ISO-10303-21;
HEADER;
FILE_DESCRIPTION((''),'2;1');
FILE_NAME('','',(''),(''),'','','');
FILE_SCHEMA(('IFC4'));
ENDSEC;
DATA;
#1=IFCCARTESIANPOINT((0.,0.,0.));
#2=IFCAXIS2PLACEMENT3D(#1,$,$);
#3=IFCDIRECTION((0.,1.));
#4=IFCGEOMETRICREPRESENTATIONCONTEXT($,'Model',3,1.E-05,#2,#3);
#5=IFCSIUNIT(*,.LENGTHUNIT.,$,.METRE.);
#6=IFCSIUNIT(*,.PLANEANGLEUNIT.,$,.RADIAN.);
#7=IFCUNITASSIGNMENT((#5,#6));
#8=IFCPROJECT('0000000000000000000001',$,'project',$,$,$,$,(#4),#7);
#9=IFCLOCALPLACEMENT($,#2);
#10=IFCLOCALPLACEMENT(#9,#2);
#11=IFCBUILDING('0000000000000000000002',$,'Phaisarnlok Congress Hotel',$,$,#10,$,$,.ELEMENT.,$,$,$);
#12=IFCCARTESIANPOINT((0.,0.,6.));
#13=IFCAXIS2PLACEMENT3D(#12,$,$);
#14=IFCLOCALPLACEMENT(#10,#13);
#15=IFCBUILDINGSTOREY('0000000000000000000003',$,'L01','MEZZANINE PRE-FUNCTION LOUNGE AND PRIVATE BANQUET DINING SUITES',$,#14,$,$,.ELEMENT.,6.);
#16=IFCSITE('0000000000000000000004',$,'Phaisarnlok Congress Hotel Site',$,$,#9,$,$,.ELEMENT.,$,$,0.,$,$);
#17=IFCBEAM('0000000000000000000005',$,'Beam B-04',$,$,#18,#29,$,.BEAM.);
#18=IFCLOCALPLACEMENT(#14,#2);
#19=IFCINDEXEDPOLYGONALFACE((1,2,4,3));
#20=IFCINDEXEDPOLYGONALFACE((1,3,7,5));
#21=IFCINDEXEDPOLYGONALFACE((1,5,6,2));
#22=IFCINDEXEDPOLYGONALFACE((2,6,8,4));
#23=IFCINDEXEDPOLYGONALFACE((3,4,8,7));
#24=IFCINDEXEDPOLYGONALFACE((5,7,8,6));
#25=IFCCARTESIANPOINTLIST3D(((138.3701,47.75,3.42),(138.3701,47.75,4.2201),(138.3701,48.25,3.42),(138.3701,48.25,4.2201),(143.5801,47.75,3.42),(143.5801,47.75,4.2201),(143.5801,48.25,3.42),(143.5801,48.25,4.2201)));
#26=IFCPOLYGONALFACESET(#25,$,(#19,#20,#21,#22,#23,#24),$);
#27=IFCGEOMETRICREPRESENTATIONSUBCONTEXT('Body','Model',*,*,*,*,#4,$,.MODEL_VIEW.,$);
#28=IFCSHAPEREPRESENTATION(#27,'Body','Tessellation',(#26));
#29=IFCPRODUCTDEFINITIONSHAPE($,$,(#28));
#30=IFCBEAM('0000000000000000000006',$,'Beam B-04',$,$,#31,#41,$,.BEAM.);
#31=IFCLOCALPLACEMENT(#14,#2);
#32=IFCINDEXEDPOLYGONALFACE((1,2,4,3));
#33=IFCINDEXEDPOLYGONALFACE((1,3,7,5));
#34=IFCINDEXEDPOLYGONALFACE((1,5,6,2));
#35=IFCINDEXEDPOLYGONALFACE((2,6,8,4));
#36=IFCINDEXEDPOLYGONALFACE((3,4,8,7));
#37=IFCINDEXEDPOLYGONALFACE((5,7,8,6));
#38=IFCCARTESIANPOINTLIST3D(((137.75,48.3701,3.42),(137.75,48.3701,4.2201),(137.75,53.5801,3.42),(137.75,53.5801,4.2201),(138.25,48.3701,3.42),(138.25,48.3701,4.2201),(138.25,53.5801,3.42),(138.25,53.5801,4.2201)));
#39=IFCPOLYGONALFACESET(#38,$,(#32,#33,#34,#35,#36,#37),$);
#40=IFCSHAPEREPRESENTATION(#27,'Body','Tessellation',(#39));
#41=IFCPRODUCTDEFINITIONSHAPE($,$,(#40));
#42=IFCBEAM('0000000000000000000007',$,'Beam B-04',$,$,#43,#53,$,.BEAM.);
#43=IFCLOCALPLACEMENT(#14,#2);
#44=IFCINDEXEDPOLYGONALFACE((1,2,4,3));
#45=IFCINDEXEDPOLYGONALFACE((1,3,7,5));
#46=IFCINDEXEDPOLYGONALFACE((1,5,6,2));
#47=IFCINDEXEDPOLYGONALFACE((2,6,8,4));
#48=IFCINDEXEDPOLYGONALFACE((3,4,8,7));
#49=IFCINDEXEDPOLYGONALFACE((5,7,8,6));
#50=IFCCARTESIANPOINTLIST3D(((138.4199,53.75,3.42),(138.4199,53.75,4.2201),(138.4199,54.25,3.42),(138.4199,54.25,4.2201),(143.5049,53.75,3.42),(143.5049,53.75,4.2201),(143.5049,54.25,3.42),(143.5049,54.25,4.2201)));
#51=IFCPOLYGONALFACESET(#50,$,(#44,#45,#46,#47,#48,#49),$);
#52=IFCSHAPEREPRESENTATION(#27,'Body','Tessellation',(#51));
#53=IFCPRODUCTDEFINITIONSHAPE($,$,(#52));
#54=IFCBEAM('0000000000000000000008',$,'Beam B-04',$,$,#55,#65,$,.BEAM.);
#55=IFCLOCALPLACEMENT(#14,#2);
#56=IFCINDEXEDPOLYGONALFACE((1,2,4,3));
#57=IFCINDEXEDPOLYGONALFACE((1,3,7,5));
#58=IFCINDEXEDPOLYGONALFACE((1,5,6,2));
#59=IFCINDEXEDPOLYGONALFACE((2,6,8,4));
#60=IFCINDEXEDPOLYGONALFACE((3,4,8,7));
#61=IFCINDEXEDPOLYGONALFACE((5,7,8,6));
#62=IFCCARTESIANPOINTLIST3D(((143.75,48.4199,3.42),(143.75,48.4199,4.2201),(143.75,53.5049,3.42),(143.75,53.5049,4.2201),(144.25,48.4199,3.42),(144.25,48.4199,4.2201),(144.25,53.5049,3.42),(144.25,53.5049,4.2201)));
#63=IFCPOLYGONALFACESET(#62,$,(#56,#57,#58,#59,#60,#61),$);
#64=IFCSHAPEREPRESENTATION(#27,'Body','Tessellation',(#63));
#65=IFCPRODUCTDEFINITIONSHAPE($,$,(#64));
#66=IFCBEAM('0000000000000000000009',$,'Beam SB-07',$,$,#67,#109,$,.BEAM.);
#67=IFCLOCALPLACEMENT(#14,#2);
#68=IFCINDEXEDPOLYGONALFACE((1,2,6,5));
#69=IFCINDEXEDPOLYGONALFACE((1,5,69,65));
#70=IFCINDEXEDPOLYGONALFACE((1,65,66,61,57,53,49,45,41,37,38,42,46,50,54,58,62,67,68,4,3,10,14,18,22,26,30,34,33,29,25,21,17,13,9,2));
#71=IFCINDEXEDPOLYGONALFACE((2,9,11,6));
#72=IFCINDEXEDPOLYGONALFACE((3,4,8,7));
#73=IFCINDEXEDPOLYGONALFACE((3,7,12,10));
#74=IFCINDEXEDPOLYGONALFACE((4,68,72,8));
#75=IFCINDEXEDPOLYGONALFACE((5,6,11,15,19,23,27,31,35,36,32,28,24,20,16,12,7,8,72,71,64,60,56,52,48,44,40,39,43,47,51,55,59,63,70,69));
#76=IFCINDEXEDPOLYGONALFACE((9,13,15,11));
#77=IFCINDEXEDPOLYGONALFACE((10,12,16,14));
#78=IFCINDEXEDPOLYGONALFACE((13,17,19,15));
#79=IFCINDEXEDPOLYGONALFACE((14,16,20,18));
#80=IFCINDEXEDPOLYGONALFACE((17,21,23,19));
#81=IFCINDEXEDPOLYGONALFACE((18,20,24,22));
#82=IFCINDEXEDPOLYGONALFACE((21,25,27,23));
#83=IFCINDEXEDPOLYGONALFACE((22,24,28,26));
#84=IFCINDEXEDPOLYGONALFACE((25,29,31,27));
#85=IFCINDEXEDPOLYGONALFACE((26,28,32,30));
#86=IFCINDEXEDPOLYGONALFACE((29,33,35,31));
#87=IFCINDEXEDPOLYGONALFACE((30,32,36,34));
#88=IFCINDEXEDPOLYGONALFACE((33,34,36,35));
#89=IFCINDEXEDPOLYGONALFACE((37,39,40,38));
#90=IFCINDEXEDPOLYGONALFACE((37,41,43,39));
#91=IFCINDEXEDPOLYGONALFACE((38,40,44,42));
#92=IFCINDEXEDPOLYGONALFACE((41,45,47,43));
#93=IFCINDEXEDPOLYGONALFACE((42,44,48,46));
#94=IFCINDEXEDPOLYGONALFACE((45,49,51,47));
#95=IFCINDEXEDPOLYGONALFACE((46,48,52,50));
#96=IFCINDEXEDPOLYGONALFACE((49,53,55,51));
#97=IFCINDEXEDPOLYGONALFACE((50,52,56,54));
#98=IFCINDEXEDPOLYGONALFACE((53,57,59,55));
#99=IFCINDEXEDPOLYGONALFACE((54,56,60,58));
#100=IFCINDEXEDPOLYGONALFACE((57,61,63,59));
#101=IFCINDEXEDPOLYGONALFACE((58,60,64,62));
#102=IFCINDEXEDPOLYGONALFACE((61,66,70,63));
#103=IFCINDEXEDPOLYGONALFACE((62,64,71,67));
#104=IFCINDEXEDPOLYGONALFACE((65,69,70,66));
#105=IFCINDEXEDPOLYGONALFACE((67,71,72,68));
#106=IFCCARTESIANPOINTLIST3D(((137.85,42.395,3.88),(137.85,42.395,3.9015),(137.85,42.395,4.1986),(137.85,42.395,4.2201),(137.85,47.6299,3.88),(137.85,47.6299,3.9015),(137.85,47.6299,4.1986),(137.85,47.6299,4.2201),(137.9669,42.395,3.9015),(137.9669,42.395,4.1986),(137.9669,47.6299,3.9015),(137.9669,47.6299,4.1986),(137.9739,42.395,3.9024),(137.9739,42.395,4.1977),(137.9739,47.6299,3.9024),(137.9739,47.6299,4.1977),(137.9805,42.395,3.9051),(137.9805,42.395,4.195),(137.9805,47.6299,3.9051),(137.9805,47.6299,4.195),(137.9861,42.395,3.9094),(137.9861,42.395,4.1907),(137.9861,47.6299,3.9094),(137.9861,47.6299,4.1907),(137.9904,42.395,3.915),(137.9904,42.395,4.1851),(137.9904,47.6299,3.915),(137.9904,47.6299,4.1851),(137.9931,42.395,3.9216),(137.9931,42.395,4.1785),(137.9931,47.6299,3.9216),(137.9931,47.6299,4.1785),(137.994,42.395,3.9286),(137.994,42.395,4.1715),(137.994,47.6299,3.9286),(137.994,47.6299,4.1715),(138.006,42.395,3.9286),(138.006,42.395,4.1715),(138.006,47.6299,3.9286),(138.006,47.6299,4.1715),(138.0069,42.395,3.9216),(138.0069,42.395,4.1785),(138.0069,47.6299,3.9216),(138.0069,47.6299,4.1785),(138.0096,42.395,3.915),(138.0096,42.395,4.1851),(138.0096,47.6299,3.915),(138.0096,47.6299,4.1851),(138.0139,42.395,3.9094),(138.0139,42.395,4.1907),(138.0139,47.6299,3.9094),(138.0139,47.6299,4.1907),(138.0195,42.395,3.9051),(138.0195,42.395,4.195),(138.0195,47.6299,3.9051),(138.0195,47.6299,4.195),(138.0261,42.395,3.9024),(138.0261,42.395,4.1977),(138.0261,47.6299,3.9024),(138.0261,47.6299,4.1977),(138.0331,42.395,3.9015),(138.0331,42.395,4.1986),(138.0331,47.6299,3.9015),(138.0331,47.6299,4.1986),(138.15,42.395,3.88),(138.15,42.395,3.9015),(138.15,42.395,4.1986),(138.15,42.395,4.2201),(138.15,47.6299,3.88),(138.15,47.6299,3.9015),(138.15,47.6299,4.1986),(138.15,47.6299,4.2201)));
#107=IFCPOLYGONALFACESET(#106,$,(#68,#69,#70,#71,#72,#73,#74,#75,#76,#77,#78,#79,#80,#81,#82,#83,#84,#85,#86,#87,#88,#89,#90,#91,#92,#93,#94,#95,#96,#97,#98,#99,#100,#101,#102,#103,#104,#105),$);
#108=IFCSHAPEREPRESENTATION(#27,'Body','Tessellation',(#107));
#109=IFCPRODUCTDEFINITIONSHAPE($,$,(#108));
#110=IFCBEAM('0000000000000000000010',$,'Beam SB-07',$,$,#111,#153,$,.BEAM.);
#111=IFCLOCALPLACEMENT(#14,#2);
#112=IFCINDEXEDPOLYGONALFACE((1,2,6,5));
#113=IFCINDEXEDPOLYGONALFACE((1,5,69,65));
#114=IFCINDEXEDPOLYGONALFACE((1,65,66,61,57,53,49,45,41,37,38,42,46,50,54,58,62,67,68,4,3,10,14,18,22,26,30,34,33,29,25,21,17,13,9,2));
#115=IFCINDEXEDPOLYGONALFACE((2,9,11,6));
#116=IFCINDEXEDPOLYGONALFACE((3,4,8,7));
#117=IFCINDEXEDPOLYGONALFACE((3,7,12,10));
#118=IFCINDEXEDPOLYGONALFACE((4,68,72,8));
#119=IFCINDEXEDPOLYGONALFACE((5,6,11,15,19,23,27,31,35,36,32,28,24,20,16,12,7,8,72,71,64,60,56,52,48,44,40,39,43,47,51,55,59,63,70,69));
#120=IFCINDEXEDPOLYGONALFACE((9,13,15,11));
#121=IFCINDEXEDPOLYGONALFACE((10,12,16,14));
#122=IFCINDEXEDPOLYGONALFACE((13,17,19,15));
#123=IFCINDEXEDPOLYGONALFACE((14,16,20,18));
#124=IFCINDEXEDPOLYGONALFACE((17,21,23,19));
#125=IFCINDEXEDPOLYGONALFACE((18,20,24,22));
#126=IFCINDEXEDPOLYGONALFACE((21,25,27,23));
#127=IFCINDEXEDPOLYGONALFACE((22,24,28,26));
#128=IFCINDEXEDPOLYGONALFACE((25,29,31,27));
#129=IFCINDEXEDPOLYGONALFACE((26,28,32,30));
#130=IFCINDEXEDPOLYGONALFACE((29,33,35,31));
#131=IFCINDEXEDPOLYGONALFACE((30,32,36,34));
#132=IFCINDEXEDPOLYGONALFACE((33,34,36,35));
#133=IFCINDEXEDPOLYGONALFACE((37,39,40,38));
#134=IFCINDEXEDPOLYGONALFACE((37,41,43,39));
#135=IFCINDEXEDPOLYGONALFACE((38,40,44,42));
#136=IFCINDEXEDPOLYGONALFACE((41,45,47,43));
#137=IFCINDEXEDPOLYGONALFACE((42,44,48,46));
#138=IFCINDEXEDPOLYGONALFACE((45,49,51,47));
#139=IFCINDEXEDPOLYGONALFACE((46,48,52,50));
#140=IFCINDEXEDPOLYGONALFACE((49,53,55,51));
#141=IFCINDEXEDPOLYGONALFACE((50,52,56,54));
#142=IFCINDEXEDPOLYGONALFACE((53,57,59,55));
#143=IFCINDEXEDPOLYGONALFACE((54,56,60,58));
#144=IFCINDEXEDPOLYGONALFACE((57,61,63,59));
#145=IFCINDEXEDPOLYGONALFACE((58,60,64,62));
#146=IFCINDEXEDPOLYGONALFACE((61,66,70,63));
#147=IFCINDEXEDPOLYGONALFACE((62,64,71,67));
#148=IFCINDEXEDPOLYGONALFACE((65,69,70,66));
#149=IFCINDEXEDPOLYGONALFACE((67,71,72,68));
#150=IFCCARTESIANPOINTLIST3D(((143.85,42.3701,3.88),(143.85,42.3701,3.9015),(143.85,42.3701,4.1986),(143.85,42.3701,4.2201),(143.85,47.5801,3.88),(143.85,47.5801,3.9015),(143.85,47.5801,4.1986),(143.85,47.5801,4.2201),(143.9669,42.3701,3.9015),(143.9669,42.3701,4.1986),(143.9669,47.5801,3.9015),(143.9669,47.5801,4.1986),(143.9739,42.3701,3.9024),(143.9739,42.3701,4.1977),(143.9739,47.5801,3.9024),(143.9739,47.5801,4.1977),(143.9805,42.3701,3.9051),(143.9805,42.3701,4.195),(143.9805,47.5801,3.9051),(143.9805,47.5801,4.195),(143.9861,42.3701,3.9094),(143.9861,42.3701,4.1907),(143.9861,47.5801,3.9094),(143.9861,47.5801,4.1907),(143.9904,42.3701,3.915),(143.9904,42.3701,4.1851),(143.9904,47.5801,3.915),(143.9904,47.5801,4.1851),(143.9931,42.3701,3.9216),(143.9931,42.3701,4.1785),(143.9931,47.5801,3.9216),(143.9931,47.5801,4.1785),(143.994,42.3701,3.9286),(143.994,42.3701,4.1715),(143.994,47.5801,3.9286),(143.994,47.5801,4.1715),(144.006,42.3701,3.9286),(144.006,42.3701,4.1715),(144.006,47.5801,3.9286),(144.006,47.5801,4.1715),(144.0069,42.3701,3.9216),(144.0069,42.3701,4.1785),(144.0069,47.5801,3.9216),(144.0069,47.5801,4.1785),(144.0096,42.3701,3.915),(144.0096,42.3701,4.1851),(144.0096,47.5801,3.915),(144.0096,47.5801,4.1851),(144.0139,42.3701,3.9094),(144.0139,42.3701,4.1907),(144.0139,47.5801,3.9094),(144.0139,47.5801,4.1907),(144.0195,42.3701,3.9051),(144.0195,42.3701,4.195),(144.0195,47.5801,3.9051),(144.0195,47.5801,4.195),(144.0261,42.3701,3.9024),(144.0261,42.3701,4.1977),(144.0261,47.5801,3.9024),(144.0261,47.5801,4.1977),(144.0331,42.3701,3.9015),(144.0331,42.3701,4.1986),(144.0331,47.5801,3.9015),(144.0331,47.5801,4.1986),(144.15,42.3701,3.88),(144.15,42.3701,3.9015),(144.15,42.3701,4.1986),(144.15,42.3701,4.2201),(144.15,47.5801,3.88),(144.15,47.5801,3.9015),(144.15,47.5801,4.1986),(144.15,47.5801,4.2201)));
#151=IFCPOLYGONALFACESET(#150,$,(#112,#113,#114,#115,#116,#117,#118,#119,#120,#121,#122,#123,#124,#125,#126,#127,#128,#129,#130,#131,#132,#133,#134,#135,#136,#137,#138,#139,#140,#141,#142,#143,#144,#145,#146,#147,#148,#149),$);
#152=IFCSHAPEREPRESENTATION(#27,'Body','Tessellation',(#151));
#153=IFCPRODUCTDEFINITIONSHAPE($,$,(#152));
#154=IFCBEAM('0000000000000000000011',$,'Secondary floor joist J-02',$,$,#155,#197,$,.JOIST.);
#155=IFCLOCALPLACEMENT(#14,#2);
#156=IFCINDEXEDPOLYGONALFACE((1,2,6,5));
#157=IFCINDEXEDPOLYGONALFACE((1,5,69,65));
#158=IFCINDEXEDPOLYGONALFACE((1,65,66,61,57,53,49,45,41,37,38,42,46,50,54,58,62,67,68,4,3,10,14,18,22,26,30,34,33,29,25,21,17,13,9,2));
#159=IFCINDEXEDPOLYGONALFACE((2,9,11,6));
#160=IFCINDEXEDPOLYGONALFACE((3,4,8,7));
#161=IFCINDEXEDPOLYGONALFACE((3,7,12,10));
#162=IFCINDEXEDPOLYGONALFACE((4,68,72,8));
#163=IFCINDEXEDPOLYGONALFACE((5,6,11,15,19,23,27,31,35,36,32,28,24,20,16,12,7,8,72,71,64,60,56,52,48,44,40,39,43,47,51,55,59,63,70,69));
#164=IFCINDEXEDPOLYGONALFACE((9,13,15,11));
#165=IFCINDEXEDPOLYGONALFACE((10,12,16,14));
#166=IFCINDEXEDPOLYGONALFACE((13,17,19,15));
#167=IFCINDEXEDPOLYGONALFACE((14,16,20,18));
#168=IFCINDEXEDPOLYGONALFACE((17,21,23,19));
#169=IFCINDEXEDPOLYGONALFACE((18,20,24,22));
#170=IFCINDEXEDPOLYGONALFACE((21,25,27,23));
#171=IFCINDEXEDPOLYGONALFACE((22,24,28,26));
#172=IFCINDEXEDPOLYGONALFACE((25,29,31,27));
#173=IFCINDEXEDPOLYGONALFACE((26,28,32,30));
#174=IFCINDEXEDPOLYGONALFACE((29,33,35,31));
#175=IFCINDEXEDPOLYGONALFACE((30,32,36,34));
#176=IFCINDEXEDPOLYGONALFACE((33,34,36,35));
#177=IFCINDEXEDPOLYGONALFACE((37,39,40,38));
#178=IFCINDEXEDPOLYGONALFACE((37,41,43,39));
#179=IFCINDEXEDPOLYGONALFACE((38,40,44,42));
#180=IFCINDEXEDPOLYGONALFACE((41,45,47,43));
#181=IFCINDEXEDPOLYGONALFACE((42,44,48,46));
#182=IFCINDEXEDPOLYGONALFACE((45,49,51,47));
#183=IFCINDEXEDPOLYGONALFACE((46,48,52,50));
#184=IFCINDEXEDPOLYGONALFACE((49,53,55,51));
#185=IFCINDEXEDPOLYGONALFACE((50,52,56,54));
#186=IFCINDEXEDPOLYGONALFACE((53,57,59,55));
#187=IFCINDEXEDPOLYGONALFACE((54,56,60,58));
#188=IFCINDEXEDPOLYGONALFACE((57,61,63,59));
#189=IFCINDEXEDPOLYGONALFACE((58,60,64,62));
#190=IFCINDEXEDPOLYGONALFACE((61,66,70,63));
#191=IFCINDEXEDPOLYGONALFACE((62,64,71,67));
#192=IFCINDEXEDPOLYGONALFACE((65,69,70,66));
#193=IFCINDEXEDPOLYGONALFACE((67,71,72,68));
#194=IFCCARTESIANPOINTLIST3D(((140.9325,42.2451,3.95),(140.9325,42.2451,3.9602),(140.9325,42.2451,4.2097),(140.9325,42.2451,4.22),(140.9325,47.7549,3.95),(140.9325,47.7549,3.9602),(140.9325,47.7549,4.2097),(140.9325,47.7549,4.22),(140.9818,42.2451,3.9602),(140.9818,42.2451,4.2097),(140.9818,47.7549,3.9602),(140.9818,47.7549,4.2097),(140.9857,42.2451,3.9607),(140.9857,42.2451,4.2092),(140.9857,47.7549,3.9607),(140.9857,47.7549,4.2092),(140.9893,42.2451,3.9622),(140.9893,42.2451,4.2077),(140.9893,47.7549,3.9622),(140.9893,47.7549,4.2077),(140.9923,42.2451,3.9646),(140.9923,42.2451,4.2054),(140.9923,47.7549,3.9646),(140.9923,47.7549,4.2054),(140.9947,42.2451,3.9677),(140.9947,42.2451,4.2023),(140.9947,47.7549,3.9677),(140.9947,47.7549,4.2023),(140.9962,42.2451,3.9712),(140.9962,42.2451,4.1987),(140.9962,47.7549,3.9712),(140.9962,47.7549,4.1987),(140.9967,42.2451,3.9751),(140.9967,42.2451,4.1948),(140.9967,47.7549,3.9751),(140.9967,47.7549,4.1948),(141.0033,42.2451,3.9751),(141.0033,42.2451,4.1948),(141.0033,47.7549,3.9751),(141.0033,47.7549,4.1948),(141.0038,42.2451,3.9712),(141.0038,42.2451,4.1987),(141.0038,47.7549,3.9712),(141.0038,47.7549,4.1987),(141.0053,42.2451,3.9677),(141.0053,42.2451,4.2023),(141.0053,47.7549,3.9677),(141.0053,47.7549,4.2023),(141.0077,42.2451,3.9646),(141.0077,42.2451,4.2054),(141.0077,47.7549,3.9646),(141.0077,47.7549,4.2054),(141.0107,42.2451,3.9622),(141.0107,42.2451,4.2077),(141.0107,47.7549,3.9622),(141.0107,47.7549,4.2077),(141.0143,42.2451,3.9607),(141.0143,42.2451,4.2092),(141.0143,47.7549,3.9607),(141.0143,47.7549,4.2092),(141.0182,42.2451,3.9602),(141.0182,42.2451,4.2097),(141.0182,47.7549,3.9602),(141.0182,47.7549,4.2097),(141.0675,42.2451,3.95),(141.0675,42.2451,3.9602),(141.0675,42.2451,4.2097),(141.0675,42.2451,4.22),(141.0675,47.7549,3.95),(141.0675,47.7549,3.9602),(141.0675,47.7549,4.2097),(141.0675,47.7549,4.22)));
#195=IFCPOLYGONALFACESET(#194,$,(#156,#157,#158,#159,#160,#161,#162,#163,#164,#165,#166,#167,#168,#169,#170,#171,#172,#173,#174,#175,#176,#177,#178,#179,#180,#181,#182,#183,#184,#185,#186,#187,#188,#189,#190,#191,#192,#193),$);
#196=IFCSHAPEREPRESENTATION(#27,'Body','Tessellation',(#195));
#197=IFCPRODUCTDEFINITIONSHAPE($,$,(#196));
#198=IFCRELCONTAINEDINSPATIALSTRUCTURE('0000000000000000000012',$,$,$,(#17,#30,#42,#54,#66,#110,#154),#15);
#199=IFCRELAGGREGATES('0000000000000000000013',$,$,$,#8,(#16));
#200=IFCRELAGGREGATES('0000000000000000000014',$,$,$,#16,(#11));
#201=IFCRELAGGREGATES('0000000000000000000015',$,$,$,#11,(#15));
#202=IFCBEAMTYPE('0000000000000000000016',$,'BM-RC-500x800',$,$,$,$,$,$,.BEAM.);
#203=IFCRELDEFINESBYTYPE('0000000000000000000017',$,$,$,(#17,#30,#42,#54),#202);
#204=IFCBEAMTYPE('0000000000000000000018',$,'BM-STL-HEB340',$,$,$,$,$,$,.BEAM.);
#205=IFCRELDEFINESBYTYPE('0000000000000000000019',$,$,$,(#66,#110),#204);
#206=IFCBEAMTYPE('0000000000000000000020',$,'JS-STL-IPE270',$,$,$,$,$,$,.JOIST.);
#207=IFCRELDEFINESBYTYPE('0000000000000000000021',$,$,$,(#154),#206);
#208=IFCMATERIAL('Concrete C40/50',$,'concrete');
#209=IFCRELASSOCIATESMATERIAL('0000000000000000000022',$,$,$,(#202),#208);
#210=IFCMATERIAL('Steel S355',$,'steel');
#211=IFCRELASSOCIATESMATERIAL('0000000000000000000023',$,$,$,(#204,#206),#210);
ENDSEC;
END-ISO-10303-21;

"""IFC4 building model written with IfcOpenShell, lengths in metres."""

from ifc_helpers import new_model, si_unit, direction, frame, origin, origin_2d, place, context, subcontext, project, spatial, rectangle, i_section, extrude, material, material_profile, profile_set, type_object, element, save


model = new_model("IFC4")

# Units and contexts
model_context = context("Model", 3, precision=1e-05, world=origin(), true_north=direction((0.0, 1.0)))
body_context = subcontext(model_context, "Body", "Model", "MODEL_VIEW")
ifc_project = project(units=[si_unit("LENGTHUNIT", "METRE"), si_unit("PLANEANGLEUNIT", "RADIAN")], contexts=[model_context])

# Site, building, storey
site_placement = place(None, origin())
site = spatial("IfcSite", under=ifc_project, at=site_placement, Name="Phaisarnlok Congress Hotel Site", CompositionType="ELEMENT", RefElevation=0.0)
building_placement = place(site_placement, origin())
building = spatial("IfcBuilding", under=site, at=building_placement, Name="Phaisarnlok Congress Hotel", CompositionType="ELEMENT")
storey_placement = place(building_placement, frame((0.0, 0.0, 6.0)))
storey = spatial("IfcBuildingStorey", under=building, at=storey_placement, Name="L01", Description="MEZZANINE PRE-FUNCTION LOUNGE AND PRIVATE BANQUET DINING SUITES", CompositionType="ELEMENT", Elevation=6.0)

# Beams
ifc_material_1 = material(Name="Concrete C40/50", Category="concrete")
ifc_material_profile_1 = material_profile(ifc_material_1, rectangle(XDim=0.5, YDim=0.8, at=origin_2d()), Name="RC 500x800")
ifc_profile_set_1 = profile_set([ifc_material_profile_1], Name="Concrete C40/50")
beam_type_1 = type_object("IfcBeamType", Name="BM-RC-500x800", PredefinedType="BEAM", material=ifc_profile_set_1)
for number, where, z_axis, x_axis, name in (
    (1, (138.3701, 48.0, 3.8201), (1.0, 0.0, 0.0), (0.0, 1.0, 0.0), "Beam B-04"),
    (2, (138.0, 48.3701, 3.8201), (0.0, 1.0, 0.0), (-1.0, 0.0, 0.0), "Beam B-04"),
):
    element("IfcBeam", number, at=place(storey_placement, frame(where, z_axis=z_axis, x_axis=x_axis)), inside=storey, type_object=beam_type_1, Name=name, PredefinedType="BEAM", context=body_context, shape_type="SweptSolid", body=[
        extrude(rectangle(XDim=0.5, YDim=0.8, at=origin_2d()), origin(), (0.0, 0.0, 1.0), 5.21),
    ])
for number, where, z_axis, x_axis, name in (
    (3, (138.4199, 54.0, 3.8201), (1.0, 0.0, 0.0), (0.0, 1.0, 0.0), "Beam B-04"),
    (4, (144.0, 48.4199, 3.8201), (0.0, 1.0, 0.0), (-1.0, 0.0, 0.0), "Beam B-04"),
):
    element("IfcBeam", number, at=place(storey_placement, frame(where, z_axis=z_axis, x_axis=x_axis)), inside=storey, type_object=beam_type_1, Name=name, PredefinedType="BEAM", context=body_context, shape_type="SweptSolid", body=[
        extrude(rectangle(XDim=0.5, YDim=0.8, at=origin_2d()), origin(), (0.0, 0.0, 1.0), 5.085),
    ])
ifc_material_2 = material(Name="Steel S355", Category="steel")
ifc_material_profile_2 = material_profile(ifc_material_2, i_section(OverallWidth=0.3, OverallDepth=0.3401, WebThickness=0.012, FlangeThickness=0.0215, FilletRadius=0.0271, at=origin_2d()), Name="HEB 340")
ifc_profile_set_2 = profile_set([ifc_material_profile_2], Name="Steel S355")
beam_type_2 = type_object("IfcBeamType", Name="BM-STL-HEB340", PredefinedType="BEAM", material=ifc_profile_set_2)
beam_1_placement = place(storey_placement, frame((138.0, 42.395, 4.05), z_axis=(0.0, 1.0, 0.0), x_axis=(-1.0, 0.0, 0.0)))
element("IfcBeam", 5, at=beam_1_placement, inside=storey, type_object=beam_type_2, Name="Beam SB-07", PredefinedType="BEAM", context=body_context, shape_type="SweptSolid", body=[
    extrude(i_section(OverallWidth=0.3, OverallDepth=0.3401, WebThickness=0.012, FlangeThickness=0.0215, FilletRadius=0.0271, at=origin_2d()), origin(), (0.0, 0.0, 1.0), 5.2349),
])
beam_2_placement = place(storey_placement, frame((144.0, 42.3701, 4.05), z_axis=(0.0, 1.0, 0.0), x_axis=(-1.0, 0.0, 0.0)))
element("IfcBeam", 6, at=beam_2_placement, inside=storey, type_object=beam_type_2, Name="Beam SB-07", PredefinedType="BEAM", context=body_context, shape_type="SweptSolid", body=[
    extrude(i_section(OverallWidth=0.3, OverallDepth=0.3401, WebThickness=0.012, FlangeThickness=0.0215, FilletRadius=0.0271, at=origin_2d()), origin(), (0.0, 0.0, 1.0), 5.21),
])
ifc_material_profile_3 = material_profile(ifc_material_2, i_section(OverallWidth=0.135, OverallDepth=0.27, WebThickness=0.0066, FlangeThickness=0.0103, FilletRadius=0.0149, at=origin_2d()), Name="IPE 270")
ifc_profile_set_3 = profile_set([ifc_material_profile_3], Name="Steel S355")
beam_type_3 = type_object("IfcBeamType", Name="JS-STL-IPE270", PredefinedType="JOIST", material=ifc_profile_set_3)
for number, where, z_axis, x_axis, name in (
    (7, (141.0, 42.2451, 4.085), (0.0, 1.0, 0.0), (-1.0, 0.0, 0.0), "Secondary floor joist J-02"),
):
    element("IfcBeam", number, at=place(storey_placement, frame(where, z_axis=z_axis, x_axis=x_axis)), inside=storey, type_object=beam_type_3, Name=name, PredefinedType="JOIST", context=body_context, shape_type="SweptSolid", body=[
        extrude(i_section(OverallWidth=0.135, OverallDepth=0.27, WebThickness=0.0066, FlangeThickness=0.0103, FilletRadius=0.0149, at=origin_2d()), origin(), (0.0, 0.0, 1.0), 5.5098),
    ])

save(model, "model.ifc")
